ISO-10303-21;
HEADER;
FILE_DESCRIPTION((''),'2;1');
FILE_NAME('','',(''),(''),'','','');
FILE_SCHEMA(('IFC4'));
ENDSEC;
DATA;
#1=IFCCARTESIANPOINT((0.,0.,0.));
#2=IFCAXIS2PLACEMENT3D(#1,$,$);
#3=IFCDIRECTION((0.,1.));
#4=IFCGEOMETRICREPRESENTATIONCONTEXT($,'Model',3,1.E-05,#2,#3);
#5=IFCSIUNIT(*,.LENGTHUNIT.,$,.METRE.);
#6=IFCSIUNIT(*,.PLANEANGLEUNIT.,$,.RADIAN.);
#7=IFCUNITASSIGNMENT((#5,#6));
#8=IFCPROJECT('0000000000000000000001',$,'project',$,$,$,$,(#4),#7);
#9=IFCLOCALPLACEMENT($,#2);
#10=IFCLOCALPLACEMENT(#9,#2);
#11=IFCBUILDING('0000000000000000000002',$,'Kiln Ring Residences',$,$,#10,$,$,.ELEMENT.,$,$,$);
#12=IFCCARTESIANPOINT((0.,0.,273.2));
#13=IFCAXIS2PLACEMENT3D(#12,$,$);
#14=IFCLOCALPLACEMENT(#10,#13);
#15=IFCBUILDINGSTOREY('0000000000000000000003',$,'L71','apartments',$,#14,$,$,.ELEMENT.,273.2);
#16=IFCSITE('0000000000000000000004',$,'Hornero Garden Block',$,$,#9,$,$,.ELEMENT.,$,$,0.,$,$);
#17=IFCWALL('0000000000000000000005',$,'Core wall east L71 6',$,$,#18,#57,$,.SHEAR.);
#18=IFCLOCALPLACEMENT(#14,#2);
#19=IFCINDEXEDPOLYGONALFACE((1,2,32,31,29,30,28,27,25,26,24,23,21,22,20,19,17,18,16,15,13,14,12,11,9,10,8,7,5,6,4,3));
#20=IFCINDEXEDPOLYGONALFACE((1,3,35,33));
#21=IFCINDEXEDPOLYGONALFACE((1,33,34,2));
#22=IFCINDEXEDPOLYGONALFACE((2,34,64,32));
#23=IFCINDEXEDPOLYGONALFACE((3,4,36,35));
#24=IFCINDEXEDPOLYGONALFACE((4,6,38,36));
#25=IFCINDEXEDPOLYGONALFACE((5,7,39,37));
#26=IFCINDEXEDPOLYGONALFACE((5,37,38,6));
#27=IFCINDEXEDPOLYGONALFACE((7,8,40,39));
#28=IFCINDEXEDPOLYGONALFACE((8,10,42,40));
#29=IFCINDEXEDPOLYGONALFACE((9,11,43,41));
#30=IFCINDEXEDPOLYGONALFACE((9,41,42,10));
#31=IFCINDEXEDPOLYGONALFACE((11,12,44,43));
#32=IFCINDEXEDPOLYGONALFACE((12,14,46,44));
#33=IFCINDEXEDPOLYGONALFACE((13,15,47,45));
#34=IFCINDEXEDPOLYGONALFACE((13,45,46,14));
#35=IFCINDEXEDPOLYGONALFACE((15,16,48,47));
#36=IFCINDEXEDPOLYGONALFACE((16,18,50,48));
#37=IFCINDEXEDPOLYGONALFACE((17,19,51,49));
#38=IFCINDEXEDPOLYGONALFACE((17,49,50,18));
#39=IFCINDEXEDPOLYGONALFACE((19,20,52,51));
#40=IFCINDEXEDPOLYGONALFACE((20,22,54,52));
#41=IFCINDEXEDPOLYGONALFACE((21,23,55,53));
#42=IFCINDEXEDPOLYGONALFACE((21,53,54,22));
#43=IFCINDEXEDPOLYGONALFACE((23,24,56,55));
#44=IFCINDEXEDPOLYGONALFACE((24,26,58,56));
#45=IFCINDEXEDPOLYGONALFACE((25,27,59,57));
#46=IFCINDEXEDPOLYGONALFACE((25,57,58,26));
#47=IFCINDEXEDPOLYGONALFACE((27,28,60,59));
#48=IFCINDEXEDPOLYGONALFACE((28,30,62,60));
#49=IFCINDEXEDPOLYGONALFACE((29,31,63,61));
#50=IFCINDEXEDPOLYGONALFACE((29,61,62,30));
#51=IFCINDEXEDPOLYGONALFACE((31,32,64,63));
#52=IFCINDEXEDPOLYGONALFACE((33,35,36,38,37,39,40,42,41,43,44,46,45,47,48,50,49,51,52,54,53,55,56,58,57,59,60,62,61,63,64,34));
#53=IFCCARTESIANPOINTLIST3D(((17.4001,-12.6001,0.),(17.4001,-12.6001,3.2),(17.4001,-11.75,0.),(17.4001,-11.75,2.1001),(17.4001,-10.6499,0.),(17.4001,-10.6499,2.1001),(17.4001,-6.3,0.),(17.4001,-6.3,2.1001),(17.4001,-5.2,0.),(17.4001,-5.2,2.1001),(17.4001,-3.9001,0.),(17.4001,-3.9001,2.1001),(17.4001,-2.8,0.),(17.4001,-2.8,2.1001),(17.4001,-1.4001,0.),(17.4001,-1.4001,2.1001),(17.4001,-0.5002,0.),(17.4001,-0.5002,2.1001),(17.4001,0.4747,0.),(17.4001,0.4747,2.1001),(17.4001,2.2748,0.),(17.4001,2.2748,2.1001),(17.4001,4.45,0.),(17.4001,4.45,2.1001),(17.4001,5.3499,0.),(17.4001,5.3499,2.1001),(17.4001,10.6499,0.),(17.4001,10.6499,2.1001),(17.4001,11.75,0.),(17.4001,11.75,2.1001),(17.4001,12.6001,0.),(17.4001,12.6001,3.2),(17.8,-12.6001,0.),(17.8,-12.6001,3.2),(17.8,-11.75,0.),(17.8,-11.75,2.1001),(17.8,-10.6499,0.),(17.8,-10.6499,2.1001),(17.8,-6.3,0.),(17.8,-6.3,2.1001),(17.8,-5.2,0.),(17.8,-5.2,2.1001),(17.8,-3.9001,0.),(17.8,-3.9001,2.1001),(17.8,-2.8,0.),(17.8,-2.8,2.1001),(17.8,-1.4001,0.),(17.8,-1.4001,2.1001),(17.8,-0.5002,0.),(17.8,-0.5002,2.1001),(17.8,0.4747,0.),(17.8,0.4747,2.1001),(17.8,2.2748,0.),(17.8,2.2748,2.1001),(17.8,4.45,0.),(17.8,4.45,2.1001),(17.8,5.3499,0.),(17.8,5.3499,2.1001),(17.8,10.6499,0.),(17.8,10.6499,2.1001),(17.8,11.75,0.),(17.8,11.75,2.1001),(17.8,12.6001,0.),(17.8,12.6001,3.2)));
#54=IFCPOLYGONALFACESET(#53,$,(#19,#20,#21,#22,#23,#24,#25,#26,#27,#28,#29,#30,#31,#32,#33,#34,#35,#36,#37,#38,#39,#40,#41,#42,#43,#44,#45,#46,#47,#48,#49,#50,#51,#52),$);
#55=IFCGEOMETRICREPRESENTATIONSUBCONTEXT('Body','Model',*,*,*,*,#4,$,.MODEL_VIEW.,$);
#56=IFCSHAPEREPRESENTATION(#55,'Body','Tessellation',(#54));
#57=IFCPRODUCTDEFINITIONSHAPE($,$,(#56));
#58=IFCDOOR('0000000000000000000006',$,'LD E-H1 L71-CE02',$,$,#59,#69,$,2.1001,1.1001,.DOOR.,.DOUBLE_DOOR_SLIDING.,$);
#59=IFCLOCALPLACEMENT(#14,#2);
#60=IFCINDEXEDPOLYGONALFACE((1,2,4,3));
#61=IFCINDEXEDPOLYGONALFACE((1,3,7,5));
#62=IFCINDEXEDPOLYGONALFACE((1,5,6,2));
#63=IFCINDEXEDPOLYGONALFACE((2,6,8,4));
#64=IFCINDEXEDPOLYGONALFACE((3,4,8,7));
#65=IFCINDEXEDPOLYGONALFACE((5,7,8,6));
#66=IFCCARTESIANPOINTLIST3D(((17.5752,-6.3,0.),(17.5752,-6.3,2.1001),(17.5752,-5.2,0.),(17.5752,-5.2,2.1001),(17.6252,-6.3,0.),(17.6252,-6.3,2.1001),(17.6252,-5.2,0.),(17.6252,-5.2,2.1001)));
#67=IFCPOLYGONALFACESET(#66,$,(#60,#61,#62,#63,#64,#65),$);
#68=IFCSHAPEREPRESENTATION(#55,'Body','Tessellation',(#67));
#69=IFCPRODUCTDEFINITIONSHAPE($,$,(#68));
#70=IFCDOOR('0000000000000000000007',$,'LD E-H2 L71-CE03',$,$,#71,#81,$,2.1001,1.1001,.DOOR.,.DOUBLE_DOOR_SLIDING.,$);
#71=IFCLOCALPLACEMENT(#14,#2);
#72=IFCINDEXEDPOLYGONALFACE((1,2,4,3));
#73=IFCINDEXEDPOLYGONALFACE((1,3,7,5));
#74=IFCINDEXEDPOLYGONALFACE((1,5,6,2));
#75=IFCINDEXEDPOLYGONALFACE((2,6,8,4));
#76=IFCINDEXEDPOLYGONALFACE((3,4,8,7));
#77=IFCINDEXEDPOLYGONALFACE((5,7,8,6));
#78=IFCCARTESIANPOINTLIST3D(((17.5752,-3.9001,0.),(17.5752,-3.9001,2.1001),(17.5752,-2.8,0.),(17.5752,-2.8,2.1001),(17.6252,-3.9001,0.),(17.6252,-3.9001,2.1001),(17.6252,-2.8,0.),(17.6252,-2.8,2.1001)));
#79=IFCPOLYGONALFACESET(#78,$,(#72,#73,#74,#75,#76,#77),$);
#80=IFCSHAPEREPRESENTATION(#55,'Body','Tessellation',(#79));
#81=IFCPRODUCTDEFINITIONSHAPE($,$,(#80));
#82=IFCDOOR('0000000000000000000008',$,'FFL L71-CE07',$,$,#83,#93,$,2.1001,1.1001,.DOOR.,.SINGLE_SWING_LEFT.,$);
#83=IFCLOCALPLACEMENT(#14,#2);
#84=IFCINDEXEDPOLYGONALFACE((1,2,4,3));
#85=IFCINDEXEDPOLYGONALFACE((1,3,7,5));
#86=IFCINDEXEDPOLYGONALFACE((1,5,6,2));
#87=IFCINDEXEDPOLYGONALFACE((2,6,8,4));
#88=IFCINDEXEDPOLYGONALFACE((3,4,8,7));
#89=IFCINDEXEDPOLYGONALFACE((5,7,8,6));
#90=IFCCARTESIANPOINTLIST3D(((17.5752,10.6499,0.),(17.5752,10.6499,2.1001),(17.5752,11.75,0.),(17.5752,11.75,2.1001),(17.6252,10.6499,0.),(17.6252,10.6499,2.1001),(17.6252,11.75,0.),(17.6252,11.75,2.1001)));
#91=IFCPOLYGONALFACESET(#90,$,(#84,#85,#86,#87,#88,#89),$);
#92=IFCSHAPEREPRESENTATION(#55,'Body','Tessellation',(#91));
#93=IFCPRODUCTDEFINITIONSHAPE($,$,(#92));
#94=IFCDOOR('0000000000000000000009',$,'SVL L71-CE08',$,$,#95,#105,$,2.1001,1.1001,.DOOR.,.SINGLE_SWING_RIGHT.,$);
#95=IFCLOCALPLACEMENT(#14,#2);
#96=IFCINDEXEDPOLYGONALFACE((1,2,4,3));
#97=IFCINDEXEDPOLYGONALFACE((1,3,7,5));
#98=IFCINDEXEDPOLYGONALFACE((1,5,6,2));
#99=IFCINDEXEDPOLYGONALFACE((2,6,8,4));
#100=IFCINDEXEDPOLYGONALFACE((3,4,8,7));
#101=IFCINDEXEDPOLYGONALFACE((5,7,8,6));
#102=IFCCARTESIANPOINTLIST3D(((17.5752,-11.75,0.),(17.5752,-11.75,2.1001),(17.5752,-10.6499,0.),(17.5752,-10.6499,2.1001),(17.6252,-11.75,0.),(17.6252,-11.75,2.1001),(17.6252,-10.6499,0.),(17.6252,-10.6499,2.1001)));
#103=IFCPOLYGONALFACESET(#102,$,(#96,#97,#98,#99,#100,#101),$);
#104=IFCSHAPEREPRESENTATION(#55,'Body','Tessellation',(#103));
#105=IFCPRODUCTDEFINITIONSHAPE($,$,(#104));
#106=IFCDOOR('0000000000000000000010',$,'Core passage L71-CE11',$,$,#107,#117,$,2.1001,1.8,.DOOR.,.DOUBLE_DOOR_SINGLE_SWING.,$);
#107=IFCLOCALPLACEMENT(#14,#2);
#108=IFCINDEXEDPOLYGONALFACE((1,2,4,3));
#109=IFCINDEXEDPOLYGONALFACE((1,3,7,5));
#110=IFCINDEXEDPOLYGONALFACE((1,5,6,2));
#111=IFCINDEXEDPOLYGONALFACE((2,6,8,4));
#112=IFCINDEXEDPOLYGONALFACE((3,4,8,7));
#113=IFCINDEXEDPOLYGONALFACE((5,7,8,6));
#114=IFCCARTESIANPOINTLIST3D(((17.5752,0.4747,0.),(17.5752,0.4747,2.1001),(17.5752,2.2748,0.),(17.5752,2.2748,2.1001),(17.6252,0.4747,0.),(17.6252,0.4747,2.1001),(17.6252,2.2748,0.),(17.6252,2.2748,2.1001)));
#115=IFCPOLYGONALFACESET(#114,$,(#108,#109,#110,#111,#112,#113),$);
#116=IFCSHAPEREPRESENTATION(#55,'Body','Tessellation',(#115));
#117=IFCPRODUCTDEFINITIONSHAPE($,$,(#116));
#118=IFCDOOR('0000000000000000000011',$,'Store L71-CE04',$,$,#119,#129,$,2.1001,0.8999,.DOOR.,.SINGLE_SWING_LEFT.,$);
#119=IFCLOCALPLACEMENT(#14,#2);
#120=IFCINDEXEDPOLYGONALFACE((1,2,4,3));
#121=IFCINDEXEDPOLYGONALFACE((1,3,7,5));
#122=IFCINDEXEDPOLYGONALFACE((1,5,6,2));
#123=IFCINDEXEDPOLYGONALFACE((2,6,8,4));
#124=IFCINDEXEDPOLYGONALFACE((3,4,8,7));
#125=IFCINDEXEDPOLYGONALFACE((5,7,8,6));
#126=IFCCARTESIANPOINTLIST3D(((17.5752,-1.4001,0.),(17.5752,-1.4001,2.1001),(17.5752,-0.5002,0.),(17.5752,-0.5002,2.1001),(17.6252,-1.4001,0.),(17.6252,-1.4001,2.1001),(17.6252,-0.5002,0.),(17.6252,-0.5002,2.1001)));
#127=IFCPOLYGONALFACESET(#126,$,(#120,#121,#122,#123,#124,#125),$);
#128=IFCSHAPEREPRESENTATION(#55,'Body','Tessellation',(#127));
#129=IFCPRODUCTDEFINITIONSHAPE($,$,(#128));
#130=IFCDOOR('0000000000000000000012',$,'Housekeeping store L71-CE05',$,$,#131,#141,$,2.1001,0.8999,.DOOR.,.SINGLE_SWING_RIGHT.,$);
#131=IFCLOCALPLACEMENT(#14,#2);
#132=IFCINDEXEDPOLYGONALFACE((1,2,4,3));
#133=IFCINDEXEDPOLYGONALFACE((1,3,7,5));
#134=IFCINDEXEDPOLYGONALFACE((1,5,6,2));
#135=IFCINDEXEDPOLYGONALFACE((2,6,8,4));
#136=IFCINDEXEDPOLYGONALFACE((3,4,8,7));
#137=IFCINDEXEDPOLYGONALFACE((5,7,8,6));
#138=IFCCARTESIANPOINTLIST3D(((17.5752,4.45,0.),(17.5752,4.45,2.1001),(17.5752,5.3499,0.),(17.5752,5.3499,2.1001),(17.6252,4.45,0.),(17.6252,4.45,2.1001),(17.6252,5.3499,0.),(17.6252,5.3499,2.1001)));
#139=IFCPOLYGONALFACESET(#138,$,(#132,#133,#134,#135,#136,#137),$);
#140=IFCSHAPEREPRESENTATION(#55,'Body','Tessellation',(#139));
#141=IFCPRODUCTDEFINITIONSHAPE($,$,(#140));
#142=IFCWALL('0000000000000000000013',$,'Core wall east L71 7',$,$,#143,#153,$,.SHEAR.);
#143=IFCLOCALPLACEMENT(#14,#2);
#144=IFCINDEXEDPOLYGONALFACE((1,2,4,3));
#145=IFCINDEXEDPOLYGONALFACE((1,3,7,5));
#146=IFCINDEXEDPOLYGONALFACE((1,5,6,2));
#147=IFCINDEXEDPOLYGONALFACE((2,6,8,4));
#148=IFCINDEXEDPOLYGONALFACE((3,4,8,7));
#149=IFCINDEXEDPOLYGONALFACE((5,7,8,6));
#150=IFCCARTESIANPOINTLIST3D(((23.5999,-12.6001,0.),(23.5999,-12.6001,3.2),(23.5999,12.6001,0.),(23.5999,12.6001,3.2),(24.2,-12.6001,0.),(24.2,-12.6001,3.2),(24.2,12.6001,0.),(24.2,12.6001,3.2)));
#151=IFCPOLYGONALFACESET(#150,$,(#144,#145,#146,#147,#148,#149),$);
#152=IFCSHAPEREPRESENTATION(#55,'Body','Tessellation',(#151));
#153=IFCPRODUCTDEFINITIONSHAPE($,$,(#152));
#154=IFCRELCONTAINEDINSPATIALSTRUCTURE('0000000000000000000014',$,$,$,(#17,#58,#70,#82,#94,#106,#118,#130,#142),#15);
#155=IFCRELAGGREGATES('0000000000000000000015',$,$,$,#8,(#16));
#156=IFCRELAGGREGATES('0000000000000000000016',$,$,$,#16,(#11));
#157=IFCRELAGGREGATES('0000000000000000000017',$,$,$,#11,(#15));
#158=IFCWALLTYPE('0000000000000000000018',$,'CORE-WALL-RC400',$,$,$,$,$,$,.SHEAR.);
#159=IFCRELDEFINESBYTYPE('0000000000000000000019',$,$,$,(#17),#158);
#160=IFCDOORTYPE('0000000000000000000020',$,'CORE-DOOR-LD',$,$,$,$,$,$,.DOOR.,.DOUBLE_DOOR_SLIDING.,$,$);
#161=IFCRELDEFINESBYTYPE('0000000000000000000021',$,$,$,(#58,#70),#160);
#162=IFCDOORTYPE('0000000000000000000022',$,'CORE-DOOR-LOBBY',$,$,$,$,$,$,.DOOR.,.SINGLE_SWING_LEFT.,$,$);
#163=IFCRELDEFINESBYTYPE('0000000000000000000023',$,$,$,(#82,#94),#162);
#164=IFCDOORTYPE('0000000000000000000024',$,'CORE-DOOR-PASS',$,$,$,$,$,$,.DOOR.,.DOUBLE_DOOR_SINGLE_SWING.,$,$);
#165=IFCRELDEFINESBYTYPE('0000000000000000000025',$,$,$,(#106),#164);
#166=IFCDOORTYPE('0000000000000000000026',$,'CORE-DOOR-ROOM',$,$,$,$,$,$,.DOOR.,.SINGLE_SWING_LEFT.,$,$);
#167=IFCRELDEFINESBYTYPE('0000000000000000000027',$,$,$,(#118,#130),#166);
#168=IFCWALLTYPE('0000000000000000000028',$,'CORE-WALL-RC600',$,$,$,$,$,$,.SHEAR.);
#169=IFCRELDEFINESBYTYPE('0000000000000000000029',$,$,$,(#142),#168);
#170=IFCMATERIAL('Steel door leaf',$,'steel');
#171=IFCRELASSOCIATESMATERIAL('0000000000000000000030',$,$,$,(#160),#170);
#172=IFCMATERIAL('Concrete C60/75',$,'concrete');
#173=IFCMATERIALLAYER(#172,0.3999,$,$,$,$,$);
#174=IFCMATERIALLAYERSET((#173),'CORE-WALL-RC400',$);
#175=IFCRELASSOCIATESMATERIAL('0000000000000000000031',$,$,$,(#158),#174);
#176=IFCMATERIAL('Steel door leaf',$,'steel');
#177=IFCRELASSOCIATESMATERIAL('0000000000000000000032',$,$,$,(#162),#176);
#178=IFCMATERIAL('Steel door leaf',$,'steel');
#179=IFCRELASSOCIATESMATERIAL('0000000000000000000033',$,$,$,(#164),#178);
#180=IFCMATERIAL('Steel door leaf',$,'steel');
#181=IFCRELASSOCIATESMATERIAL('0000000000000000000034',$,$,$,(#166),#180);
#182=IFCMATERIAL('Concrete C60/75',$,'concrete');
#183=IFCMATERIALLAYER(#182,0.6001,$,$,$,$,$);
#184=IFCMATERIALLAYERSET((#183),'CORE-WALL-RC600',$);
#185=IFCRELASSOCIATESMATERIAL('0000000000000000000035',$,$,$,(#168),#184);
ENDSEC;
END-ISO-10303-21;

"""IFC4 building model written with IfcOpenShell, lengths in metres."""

from ifc_helpers import new_model, si_unit, direction, frame, frame_2d, origin, place, context, subcontext, project, spatial, rectangle, extrude, material, layer, layer_set, type_object, element, fill, save


model = new_model("IFC4")

# Units and contexts
model_context = context("Model", 3, precision=1e-05, world=origin(), true_north=direction((0.0, 1.0)))
body_context = subcontext(model_context, "Body", "Model", "MODEL_VIEW")
ifc_project = project(units=[si_unit("LENGTHUNIT", "METRE"), si_unit("PLANEANGLEUNIT", "RADIAN")], contexts=[model_context])

# Site, building, storey
site_placement = place(None, origin())
site = spatial("IfcSite", under=ifc_project, at=site_placement, Name="Hornero Garden Block", CompositionType="ELEMENT", RefElevation=0.0)
building_placement = place(site_placement, origin())
building = spatial("IfcBuilding", under=site, at=building_placement, Name="Kiln Ring Residences", CompositionType="ELEMENT")
storey_placement = place(building_placement, frame((0.0, 0.0, 273.2)))
storey = spatial("IfcBuildingStorey", under=building, at=storey_placement, Name="L71", Description="apartments", CompositionType="ELEMENT", Elevation=273.2)

# Wall, openings, doors
ifc_material_1 = material(Name="Steel door leaf", Category="steel")
door_type_1 = type_object("IfcDoorType", Name="CORE-DOOR-LD", OperationType="DOUBLE_DOOR_SLIDING", PredefinedType="DOOR", material=ifc_material_1)
ifc_material_2 = material(Name="Concrete C60/75", Category="concrete")
ifc_layer_1 = layer(ifc_material_2, 0.3999)
ifc_layer_set_1 = layer_set([ifc_layer_1], Name="CORE-WALL-RC400")
wall_type_1 = type_object("IfcWallType", Name="CORE-WALL-RC400", PredefinedType="SHEAR", material=ifc_layer_set_1)
wall_1_placement = place(storey_placement, frame((17.6001, -12.6001, 0.0), z_axis=(0.0, 0.0, 1.0), x_axis=(0.0, 1.0, 0.0)))
wall_1 = element("IfcWall", 1, at=wall_1_placement, inside=storey, type_object=wall_type_1, Name="Core wall east L71 6", PredefinedType="SHEAR", context=body_context, shape_type="SweptSolid", body=[
    extrude(rectangle(XDim=25.2002, YDim=0.3999, at=frame_2d((12.6001, 0.0))), origin(), (0.0, 0.0, 1.0), 3.2),
])
opening_1_placement = place(wall_1_placement, frame((6.3, 0.0, 0.0)))
opening_1 = element("IfcOpeningElement", 2, at=opening_1_placement, cuts=wall_1, PredefinedType="OPENING", context=body_context, shape_type="SweptSolid", body=[
    extrude(rectangle(XDim=1.1001, YDim=2.1001, at=frame_2d((0.55, 1.05))), frame((0.0, 0.21, 0.0), z_axis=(0.0, -1.0, 0.0), x_axis=(1.0, 0.0, 0.0)), (0.0, 0.0, 1.0), 0.4199),
])
opening_2_placement = place(wall_1_placement, frame((8.7, 0.0, 0.0)))
opening_2 = element("IfcOpeningElement", 3, at=opening_2_placement, cuts=wall_1, PredefinedType="OPENING", context=body_context, shape_type="SweptSolid", body=[
    extrude(rectangle(XDim=1.1001, YDim=2.1001, at=frame_2d((0.55, 1.05))), frame((0.0, 0.21, 0.0), z_axis=(0.0, -1.0, 0.0), x_axis=(1.0, 0.0, 0.0)), (0.0, 0.0, 1.0), 0.4199),
])
opening_3_placement = place(wall_1_placement, frame((11.2, 0.0, 0.0)))
opening_3 = element("IfcOpeningElement", 4, at=opening_3_placement, cuts=wall_1, PredefinedType="OPENING", context=body_context, shape_type="SweptSolid", body=[
    extrude(rectangle(XDim=0.8999, YDim=2.1001, at=frame_2d((0.45, 1.05))), frame((0.0, 0.21, 0.0), z_axis=(0.0, -1.0, 0.0), x_axis=(1.0, 0.0, 0.0)), (0.0, 0.0, 1.0), 0.4199),
])
opening_4_placement = place(wall_1_placement, frame((17.05, 0.0, 0.0)))
opening_4 = element("IfcOpeningElement", 5, at=opening_4_placement, cuts=wall_1, PredefinedType="OPENING", context=body_context, shape_type="SweptSolid", body=[
    extrude(rectangle(XDim=0.8999, YDim=2.1001, at=frame_2d((0.45, 1.05))), frame((0.0, 0.21, 0.0), z_axis=(0.0, -1.0, 0.0), x_axis=(1.0, 0.0, 0.0)), (0.0, 0.0, 1.0), 0.4199),
])
opening_5_placement = place(wall_1_placement, frame((23.25, 0.0, 0.0)))
opening_5 = element("IfcOpeningElement", 6, at=opening_5_placement, cuts=wall_1, PredefinedType="OPENING", context=body_context, shape_type="SweptSolid", body=[
    extrude(rectangle(XDim=1.1001, YDim=2.1001, at=frame_2d((0.55, 1.05))), frame((0.0, 0.21, 0.0), z_axis=(0.0, -1.0, 0.0), x_axis=(1.0, 0.0, 0.0)), (0.0, 0.0, 1.0), 0.4199),
])
opening_6_placement = place(wall_1_placement, frame((0.8501, 0.0, 0.0)))
opening_6 = element("IfcOpeningElement", 7, at=opening_6_placement, cuts=wall_1, PredefinedType="OPENING", context=body_context, shape_type="SweptSolid", body=[
    extrude(rectangle(XDim=1.1001, YDim=2.1001, at=frame_2d((0.55, 1.05))), frame((0.0, 0.21, 0.0), z_axis=(0.0, -1.0, 0.0), x_axis=(1.0, 0.0, 0.0)), (0.0, 0.0, 1.0), 0.4199),
])
opening_7_placement = place(wall_1_placement, frame((13.075, 0.0, 0.0)))
opening_7 = element("IfcOpeningElement", 8, at=opening_7_placement, cuts=wall_1, PredefinedType="OPENING", context=body_context, shape_type="SweptSolid", body=[
    extrude(rectangle(XDim=1.8, YDim=2.1001, at=frame_2d((0.8999, 1.05))), frame((0.0, 0.21, 0.0), z_axis=(0.0, -1.0, 0.0), x_axis=(1.0, 0.0, 0.0)), (0.0, 0.0, 1.0), 0.4199),
])
door_1_placement = place(opening_1_placement, origin())
door_1 = element("IfcDoor", 9, at=door_1_placement, inside=storey, type_object=door_type_1, Name="LD E-H1 L71-CE02", OperationType="DOUBLE_DOOR_SLIDING", OverallHeight=2.1001, OverallWidth=1.1001, PredefinedType="DOOR", context=body_context, shape_type="SweptSolid", body=[
    extrude(rectangle(XDim=1.1001, YDim=2.1001, at=frame_2d((0.55, 1.05))), frame((0.0, 0.0249, 0.0), z_axis=(0.0, -1.0, 0.0), x_axis=(1.0, 0.0, 0.0)), (0.0, 0.0, 1.0), 0.05),
])
fill(opening_1, door_1)
door_2_placement = place(opening_2_placement, origin())
door_2 = element("IfcDoor", 10, at=door_2_placement, inside=storey, type_object=door_type_1, Name="LD E-H2 L71-CE03", OperationType="DOUBLE_DOOR_SLIDING", OverallHeight=2.1001, OverallWidth=1.1001, PredefinedType="DOOR", context=body_context, shape_type="SweptSolid", body=[
    extrude(rectangle(XDim=1.1001, YDim=2.1001, at=frame_2d((0.55, 1.05))), frame((0.0, 0.0249, 0.0), z_axis=(0.0, -1.0, 0.0), x_axis=(1.0, 0.0, 0.0)), (0.0, 0.0, 1.0), 0.05),
])
fill(opening_2, door_2)
ifc_material_3 = material(Name="Steel door leaf", Category="steel")
door_type_2 = type_object("IfcDoorType", Name="CORE-DOOR-LOBBY", OperationType="SINGLE_SWING_LEFT", PredefinedType="DOOR", material=ifc_material_3)
door_3_placement = place(opening_5_placement, origin())
door_3 = element("IfcDoor", 11, at=door_3_placement, inside=storey, type_object=door_type_2, Name="FFL L71-CE07", OperationType="SINGLE_SWING_LEFT", OverallHeight=2.1001, OverallWidth=1.1001, PredefinedType="DOOR", context=body_context, shape_type="SweptSolid", body=[
    extrude(rectangle(XDim=1.1001, YDim=2.1001, at=frame_2d((0.55, 1.05))), frame((0.0, 0.0249, 0.0), z_axis=(0.0, -1.0, 0.0), x_axis=(1.0, 0.0, 0.0)), (0.0, 0.0, 1.0), 0.05),
])
fill(opening_5, door_3)
door_4_placement = place(opening_6_placement, origin())
door_4 = element("IfcDoor", 12, at=door_4_placement, inside=storey, type_object=door_type_2, Name="SVL L71-CE08", OperationType="SINGLE_SWING_RIGHT", OverallHeight=2.1001, OverallWidth=1.1001, PredefinedType="DOOR", context=body_context, shape_type="SweptSolid", body=[
    extrude(rectangle(XDim=1.1001, YDim=2.1001, at=frame_2d((0.55, 1.05))), frame((0.0, 0.0249, 0.0), z_axis=(0.0, -1.0, 0.0), x_axis=(1.0, 0.0, 0.0)), (0.0, 0.0, 1.0), 0.05),
])
fill(opening_6, door_4)
ifc_material_4 = material(Name="Steel door leaf", Category="steel")
door_type_3 = type_object("IfcDoorType", Name="CORE-DOOR-PASS", OperationType="DOUBLE_DOOR_SINGLE_SWING", PredefinedType="DOOR", material=ifc_material_4)
door_5_placement = place(opening_7_placement, origin())
door_5 = element("IfcDoor", 13, at=door_5_placement, inside=storey, type_object=door_type_3, Name="Core passage L71-CE11", OperationType="DOUBLE_DOOR_SINGLE_SWING", OverallHeight=2.1001, OverallWidth=1.8, PredefinedType="DOOR", context=body_context, shape_type="SweptSolid", body=[
    extrude(rectangle(XDim=1.8, YDim=2.1001, at=frame_2d((0.8999, 1.05))), frame((0.0, 0.0249, 0.0), z_axis=(0.0, -1.0, 0.0), x_axis=(1.0, 0.0, 0.0)), (0.0, 0.0, 1.0), 0.05),
])
fill(opening_7, door_5)
ifc_material_5 = material(Name="Steel door leaf", Category="steel")
door_type_4 = type_object("IfcDoorType", Name="CORE-DOOR-ROOM", OperationType="SINGLE_SWING_LEFT", PredefinedType="DOOR", material=ifc_material_5)
door_6_placement = place(opening_3_placement, origin())
door_6 = element("IfcDoor", 14, at=door_6_placement, inside=storey, type_object=door_type_4, Name="Store L71-CE04", OperationType="SINGLE_SWING_LEFT", OverallHeight=2.1001, OverallWidth=0.8999, PredefinedType="DOOR", context=body_context, shape_type="SweptSolid", body=[
    extrude(rectangle(XDim=0.8999, YDim=2.1001, at=frame_2d((0.45, 1.05))), frame((0.0, 0.0249, 0.0), z_axis=(0.0, -1.0, 0.0), x_axis=(1.0, 0.0, 0.0)), (0.0, 0.0, 1.0), 0.05),
])
fill(opening_3, door_6)
door_7_placement = place(opening_4_placement, origin())
door_7 = element("IfcDoor", 15, at=door_7_placement, inside=storey, type_object=door_type_4, Name="Housekeeping store L71-CE05", OperationType="SINGLE_SWING_RIGHT", OverallHeight=2.1001, OverallWidth=0.8999, PredefinedType="DOOR", context=body_context, shape_type="SweptSolid", body=[
    extrude(rectangle(XDim=0.8999, YDim=2.1001, at=frame_2d((0.45, 1.05))), frame((0.0, 0.0249, 0.0), z_axis=(0.0, -1.0, 0.0), x_axis=(1.0, 0.0, 0.0)), (0.0, 0.0, 1.0), 0.05),
])
fill(opening_4, door_7)

# Wall
ifc_material_6 = material(Name="Concrete C60/75", Category="concrete")
ifc_layer_2 = layer(ifc_material_6, 0.6001)
ifc_layer_set_2 = layer_set([ifc_layer_2], Name="CORE-WALL-RC600")
wall_type_2 = type_object("IfcWallType", Name="CORE-WALL-RC600", PredefinedType="SHEAR", material=ifc_layer_set_2)
wall_2_placement = place(storey_placement, frame((23.8999, -12.6001, 0.0), z_axis=(0.0, 0.0, 1.0), x_axis=(0.0, 1.0, 0.0)))
element("IfcWall", 16, at=wall_2_placement, inside=storey, type_object=wall_type_2, Name="Core wall east L71 7", PredefinedType="SHEAR", context=body_context, shape_type="SweptSolid", body=[
    extrude(rectangle(XDim=25.2002, YDim=0.6001, at=frame_2d((12.6001, 0.0))), origin(), (0.0, 0.0, 1.0), 3.2),
])

save(model, "model.ifc")
